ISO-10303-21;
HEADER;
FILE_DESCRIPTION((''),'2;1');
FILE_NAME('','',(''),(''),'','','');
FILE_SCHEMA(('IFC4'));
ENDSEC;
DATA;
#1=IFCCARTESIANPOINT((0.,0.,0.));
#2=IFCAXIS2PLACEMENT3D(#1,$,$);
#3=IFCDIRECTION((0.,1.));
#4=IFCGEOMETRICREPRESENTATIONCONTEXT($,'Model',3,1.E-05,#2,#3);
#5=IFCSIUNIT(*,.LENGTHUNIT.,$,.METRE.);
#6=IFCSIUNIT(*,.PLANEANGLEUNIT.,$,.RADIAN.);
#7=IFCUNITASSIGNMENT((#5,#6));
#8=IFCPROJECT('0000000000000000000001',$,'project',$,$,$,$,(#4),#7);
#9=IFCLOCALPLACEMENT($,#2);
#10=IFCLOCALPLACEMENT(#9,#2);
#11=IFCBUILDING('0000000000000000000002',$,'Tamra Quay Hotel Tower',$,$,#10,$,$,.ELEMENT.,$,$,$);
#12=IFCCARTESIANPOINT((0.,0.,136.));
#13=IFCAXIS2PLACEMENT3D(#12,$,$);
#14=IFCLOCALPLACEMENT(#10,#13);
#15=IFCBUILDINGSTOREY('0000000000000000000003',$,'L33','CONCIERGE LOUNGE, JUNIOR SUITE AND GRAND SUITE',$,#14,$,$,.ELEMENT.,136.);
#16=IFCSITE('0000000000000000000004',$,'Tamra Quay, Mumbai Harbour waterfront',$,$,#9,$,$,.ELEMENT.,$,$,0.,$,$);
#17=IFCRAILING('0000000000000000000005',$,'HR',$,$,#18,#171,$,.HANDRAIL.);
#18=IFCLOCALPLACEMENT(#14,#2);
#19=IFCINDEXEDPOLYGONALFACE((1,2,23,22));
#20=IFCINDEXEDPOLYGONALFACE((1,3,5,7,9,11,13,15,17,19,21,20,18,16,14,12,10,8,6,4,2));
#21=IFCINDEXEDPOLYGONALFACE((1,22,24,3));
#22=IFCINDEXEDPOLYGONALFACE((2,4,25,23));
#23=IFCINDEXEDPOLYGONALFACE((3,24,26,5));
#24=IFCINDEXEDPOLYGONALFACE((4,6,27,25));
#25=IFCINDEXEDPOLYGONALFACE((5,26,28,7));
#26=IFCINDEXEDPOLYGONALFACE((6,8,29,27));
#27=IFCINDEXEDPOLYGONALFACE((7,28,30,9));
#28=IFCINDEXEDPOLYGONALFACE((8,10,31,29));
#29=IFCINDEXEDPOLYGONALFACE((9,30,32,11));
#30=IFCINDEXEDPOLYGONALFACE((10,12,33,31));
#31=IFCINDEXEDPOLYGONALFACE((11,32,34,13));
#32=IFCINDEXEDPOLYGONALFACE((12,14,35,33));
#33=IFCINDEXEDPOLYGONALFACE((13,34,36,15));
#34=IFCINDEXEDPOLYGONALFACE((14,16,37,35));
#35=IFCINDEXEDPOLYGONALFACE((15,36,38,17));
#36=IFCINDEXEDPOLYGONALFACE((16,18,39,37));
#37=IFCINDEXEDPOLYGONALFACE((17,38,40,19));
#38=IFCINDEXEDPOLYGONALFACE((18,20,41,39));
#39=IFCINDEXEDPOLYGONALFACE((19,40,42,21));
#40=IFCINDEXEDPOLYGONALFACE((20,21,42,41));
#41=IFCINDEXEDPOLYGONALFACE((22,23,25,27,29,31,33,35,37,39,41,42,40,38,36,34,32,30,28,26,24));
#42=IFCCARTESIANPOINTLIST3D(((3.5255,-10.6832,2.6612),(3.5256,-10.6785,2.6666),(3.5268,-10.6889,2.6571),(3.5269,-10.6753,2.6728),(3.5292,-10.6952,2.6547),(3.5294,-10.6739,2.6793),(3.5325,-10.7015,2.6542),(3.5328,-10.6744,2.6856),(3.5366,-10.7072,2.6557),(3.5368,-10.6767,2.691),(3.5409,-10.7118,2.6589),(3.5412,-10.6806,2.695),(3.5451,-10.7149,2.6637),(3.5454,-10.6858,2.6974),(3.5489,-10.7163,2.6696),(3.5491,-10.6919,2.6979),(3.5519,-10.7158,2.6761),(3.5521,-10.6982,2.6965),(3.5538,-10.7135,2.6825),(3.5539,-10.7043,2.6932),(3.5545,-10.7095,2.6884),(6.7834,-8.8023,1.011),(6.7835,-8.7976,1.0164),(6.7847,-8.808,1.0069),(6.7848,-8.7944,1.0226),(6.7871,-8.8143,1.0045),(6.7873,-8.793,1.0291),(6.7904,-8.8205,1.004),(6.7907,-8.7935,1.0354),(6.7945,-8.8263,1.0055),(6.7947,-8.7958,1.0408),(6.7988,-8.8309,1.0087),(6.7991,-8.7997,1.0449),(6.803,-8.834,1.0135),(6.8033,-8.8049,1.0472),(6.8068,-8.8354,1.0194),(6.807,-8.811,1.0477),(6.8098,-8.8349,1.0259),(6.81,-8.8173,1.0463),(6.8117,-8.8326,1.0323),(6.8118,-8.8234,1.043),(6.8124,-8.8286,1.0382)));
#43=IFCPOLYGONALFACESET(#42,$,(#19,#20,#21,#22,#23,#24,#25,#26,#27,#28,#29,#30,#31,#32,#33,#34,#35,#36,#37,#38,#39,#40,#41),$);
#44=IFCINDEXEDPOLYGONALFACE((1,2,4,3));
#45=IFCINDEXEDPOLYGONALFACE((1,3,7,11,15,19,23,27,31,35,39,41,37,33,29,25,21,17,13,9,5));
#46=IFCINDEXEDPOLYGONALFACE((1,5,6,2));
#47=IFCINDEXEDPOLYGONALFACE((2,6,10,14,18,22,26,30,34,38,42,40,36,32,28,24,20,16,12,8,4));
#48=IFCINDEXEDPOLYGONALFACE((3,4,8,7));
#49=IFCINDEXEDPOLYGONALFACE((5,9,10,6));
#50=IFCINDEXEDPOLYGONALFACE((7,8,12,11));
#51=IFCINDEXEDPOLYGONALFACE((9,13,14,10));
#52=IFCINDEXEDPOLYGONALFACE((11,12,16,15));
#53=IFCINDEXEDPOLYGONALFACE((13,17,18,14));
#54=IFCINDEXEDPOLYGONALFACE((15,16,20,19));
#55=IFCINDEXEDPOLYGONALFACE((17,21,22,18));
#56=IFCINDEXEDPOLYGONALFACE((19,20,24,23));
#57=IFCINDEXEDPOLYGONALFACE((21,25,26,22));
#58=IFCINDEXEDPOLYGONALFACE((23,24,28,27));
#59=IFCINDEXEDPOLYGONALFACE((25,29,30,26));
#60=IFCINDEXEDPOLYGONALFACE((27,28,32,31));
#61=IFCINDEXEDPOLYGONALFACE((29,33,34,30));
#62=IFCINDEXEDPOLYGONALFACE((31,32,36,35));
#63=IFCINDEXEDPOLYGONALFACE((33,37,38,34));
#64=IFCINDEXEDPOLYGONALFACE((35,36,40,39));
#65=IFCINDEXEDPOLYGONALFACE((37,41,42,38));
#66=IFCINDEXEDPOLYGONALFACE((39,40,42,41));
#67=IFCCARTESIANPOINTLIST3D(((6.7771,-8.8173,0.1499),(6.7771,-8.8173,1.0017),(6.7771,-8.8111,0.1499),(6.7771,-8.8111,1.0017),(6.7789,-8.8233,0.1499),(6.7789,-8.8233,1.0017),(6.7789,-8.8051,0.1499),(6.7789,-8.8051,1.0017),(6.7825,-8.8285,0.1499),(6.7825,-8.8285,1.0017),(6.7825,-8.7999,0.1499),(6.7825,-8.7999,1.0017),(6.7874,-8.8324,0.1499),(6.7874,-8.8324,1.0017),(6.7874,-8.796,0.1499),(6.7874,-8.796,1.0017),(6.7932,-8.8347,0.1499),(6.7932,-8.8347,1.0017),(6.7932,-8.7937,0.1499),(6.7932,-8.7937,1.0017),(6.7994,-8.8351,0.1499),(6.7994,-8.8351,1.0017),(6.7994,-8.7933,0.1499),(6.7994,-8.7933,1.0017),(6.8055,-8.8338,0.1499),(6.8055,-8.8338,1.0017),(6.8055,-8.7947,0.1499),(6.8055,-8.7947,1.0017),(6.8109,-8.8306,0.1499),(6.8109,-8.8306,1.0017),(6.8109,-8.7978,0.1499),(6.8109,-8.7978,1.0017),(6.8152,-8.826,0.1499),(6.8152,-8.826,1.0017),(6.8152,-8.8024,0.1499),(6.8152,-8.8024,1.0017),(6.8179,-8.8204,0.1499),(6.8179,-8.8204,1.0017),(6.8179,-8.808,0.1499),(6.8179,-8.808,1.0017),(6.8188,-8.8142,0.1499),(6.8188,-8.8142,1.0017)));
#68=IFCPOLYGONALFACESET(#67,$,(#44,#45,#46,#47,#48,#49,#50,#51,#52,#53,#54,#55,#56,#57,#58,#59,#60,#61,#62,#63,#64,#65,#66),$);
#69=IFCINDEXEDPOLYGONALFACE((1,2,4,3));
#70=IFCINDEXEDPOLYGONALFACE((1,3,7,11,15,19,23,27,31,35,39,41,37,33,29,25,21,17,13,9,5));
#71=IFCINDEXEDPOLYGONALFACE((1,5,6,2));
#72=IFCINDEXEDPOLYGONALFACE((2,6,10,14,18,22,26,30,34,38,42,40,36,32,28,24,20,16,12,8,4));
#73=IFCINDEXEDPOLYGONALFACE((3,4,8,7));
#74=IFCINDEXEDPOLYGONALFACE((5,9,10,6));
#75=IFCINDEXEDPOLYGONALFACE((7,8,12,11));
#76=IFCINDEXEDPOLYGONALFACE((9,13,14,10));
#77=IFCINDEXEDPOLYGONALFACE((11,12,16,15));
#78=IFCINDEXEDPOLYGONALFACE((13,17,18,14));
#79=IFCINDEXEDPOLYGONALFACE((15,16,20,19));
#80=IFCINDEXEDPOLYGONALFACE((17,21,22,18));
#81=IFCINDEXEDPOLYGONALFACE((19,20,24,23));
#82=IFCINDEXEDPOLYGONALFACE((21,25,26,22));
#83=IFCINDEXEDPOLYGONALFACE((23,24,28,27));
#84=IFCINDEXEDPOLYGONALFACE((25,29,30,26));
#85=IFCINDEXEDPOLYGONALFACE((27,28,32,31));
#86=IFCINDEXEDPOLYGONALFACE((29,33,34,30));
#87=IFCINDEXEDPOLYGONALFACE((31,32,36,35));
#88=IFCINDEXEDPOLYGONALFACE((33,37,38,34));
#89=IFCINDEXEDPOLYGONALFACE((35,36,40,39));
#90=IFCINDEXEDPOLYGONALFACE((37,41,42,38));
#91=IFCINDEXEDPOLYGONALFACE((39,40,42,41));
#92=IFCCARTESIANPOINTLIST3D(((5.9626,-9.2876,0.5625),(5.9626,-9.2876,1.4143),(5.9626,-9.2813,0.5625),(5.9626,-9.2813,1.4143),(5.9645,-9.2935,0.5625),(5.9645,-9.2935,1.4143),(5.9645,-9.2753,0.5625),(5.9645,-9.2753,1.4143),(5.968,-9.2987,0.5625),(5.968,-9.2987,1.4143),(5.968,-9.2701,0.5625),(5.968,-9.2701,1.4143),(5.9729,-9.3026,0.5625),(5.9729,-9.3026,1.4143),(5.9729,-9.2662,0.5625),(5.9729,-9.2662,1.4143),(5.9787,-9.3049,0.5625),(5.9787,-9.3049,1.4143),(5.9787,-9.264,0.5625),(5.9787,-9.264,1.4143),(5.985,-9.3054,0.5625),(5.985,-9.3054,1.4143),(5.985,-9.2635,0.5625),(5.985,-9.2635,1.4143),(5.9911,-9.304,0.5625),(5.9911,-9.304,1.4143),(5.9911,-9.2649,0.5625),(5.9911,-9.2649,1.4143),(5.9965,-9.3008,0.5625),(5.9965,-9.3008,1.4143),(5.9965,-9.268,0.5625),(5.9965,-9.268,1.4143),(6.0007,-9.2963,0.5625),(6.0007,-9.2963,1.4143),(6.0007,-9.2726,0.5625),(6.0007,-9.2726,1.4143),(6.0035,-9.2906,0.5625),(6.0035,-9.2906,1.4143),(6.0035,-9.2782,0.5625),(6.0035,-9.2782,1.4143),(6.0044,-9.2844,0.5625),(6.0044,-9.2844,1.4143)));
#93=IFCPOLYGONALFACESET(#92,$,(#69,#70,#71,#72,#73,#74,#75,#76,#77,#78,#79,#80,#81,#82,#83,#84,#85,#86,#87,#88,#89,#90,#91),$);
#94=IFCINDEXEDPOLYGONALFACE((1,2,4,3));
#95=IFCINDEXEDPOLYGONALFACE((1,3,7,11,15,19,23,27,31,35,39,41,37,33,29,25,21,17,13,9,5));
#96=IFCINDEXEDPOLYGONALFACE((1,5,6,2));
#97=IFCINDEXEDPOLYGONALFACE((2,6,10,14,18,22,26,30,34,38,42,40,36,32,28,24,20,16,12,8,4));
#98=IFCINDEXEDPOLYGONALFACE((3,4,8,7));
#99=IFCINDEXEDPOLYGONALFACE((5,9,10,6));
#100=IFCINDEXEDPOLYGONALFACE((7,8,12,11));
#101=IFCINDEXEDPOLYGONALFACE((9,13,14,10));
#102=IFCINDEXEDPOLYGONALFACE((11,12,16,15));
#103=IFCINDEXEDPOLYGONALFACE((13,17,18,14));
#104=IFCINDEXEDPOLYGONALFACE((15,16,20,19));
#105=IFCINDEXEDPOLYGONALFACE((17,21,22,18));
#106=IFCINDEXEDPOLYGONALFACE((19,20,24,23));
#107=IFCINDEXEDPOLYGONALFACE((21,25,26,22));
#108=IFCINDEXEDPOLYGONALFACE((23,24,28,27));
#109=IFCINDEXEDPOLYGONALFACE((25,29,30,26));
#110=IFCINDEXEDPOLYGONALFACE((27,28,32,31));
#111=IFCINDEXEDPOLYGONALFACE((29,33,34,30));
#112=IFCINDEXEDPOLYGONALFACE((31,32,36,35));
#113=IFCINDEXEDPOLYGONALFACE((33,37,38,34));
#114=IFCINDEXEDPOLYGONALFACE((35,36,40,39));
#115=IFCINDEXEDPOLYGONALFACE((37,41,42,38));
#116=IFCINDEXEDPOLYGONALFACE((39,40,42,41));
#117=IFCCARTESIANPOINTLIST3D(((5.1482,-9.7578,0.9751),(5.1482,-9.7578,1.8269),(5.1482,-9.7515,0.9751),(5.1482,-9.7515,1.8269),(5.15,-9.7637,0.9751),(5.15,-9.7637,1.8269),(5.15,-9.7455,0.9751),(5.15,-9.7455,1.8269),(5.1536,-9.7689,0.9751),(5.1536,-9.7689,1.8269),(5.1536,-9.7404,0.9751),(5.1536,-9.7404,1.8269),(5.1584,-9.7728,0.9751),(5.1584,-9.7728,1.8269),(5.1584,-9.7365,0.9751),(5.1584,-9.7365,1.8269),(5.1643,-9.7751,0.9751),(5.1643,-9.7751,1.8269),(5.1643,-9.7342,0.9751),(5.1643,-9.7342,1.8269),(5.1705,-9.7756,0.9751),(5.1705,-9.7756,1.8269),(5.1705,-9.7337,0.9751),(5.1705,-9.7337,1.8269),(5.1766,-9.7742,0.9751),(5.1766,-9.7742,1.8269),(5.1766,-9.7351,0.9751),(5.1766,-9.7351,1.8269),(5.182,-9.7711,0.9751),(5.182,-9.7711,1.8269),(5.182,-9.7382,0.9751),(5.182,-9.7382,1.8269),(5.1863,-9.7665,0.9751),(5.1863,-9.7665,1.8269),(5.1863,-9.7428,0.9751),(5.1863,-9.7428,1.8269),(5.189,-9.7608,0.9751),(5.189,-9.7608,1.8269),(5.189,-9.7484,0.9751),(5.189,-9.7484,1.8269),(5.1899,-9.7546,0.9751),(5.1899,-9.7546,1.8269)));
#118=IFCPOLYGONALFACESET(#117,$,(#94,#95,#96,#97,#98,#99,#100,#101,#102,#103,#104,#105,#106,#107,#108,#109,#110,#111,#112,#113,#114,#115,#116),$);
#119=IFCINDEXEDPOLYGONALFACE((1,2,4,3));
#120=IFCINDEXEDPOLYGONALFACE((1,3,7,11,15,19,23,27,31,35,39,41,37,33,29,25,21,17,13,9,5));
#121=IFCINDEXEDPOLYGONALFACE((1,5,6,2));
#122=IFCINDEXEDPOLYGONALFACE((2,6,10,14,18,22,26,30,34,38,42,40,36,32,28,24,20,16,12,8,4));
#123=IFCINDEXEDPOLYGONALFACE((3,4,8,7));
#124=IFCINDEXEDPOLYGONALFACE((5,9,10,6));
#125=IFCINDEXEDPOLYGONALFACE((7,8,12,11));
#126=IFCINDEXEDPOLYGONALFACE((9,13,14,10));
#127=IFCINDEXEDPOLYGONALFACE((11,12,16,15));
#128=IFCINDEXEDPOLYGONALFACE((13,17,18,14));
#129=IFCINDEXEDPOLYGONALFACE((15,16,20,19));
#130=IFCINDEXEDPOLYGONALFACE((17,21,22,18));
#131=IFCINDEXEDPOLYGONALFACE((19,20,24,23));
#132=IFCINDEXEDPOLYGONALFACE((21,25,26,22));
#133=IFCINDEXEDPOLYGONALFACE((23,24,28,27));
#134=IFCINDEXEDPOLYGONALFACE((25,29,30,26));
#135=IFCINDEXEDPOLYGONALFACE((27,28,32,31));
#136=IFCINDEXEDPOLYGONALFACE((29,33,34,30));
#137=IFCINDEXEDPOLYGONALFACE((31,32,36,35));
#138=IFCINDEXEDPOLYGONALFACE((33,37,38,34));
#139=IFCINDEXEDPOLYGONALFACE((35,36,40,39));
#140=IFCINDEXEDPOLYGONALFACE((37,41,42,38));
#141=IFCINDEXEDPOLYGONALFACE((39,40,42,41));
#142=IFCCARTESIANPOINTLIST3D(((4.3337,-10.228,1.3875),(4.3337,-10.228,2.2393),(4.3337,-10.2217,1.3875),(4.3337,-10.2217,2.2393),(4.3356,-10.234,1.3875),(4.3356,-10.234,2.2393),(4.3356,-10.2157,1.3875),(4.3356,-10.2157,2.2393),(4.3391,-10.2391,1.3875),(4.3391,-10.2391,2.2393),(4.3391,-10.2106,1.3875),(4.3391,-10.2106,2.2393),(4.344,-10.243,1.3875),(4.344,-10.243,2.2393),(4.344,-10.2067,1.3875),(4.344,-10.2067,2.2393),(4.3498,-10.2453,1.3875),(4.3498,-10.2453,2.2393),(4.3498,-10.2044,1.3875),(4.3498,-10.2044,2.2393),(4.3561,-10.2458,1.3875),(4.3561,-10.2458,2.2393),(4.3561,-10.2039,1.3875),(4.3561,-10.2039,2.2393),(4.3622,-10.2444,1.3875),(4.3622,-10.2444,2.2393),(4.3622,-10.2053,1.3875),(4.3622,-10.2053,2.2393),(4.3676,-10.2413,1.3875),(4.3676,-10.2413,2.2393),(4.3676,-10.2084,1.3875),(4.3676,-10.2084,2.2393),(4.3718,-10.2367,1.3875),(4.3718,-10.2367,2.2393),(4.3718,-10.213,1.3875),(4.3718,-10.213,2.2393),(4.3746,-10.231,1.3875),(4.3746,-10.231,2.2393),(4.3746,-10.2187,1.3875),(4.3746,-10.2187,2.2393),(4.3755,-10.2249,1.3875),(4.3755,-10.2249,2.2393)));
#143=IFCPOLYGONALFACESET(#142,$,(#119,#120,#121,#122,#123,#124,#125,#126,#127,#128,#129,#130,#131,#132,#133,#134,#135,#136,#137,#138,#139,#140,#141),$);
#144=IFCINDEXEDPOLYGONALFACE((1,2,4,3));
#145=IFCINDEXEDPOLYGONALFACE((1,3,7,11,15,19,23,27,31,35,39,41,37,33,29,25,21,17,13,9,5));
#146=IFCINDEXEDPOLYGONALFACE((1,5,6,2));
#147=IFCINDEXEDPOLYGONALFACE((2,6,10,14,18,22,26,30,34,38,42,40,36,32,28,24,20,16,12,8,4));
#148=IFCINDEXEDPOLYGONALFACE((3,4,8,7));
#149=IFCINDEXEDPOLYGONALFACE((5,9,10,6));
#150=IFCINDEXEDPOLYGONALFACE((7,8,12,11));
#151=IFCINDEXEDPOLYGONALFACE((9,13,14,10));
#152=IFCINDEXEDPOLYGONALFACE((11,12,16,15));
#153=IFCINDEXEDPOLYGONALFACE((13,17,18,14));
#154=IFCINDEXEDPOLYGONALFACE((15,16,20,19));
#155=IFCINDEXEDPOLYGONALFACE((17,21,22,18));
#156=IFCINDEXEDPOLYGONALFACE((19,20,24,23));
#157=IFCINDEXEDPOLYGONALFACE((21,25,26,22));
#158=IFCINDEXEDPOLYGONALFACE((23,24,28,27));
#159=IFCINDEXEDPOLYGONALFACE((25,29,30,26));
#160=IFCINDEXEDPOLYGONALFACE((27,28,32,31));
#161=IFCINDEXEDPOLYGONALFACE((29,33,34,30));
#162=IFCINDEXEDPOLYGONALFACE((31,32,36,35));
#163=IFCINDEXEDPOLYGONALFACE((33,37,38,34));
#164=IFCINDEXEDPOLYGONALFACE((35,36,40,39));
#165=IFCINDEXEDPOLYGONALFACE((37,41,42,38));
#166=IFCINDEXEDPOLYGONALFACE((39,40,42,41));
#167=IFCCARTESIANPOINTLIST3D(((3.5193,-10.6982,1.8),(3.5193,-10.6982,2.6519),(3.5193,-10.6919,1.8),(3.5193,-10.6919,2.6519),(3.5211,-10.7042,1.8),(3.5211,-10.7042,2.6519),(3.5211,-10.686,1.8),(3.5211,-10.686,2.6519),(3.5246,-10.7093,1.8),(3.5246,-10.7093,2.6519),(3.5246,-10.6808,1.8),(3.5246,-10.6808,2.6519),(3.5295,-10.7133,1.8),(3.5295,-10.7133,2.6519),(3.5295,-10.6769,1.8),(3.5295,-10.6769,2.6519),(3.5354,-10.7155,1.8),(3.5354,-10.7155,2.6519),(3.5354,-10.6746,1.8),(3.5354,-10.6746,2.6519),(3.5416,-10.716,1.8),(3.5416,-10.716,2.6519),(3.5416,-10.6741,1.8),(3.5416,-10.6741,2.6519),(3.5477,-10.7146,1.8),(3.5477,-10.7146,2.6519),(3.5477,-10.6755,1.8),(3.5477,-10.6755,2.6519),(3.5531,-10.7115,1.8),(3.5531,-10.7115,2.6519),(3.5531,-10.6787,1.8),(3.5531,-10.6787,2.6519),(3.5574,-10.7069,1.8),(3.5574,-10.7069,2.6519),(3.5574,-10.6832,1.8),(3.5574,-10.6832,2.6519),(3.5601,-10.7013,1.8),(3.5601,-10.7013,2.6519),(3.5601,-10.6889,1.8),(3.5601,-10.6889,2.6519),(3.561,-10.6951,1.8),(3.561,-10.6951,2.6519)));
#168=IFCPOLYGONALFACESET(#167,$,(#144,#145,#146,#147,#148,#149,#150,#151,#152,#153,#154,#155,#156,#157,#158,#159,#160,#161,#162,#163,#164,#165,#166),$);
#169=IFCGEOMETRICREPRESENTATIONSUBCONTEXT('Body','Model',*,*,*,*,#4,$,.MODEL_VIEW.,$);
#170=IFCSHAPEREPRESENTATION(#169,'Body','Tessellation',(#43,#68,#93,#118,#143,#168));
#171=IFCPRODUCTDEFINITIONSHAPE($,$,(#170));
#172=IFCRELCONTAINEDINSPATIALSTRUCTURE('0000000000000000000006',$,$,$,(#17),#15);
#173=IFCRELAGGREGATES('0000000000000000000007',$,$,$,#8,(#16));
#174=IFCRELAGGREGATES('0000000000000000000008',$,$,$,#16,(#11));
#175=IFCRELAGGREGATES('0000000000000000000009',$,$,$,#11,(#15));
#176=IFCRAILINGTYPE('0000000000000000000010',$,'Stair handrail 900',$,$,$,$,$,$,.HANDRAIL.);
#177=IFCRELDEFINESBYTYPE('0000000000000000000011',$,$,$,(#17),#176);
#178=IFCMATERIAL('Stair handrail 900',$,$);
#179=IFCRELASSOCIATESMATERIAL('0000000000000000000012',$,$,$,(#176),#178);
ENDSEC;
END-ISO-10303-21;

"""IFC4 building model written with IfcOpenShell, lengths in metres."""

from ifc_helpers import new_model, si_unit, direction, frame, origin, origin_2d, place, context, subcontext, project, spatial, circle, extrude, material, type_object, element, save


model = new_model("IFC4")

# Units and contexts
model_context = context("Model", 3, precision=1e-05, world=origin(), true_north=direction((0.0, 1.0)))
body_context = subcontext(model_context, "Body", "Model", "MODEL_VIEW")
ifc_project = project(units=[si_unit("LENGTHUNIT", "METRE"), si_unit("PLANEANGLEUNIT", "RADIAN")], contexts=[model_context])

# Site, building, storey
site_placement = place(None, origin())
site = spatial("IfcSite", under=ifc_project, at=site_placement, Name="Tamra Quay, Mumbai Harbour waterfront", CompositionType="ELEMENT", RefElevation=0.0)
building_placement = place(site_placement, origin())
building = spatial("IfcBuilding", under=site, at=building_placement, Name="Tamra Quay Hotel Tower", CompositionType="ELEMENT")
storey_placement = place(building_placement, frame((0.0, 0.0, 136.0)))
storey = spatial("IfcBuildingStorey", under=building, at=storey_placement, Name="L33", Description="CONCIERGE LOUNGE, JUNIOR SUITE AND GRAND SUITE", CompositionType="ELEMENT", Elevation=136.0)

# Railing
ifc_material_1 = material(Name="Stair handrail 900")
railing_type_1 = type_object("IfcRailingType", Name="Stair handrail 900", PredefinedType="HANDRAIL", material=ifc_material_1)
railing_1_placement = place(storey_placement, frame((6.7979, -8.8142, 0.1499)))
element("IfcRailing", 1, at=railing_1_placement, inside=storey, type_object=railing_type_1, Name="HR", PredefinedType="HANDRAIL", context=body_context, shape_type="SweptSolid", body=[
    extrude(circle(Radius=0.0239, at=origin_2d()), frame((0.0, 0.0, 0.876), z_axis=(-0.793081, -0.457876, 0.401711), x_axis=(0.499992, -0.86603, 0.0)), (0.0, 0.0, 1.0), 4.1079),
    extrude(circle(Radius=0.021, at=origin_2d()), origin(), (0.0, 0.0, 1.0), 0.8518),
    extrude(circle(Radius=0.021, at=origin_2d()), frame((-0.8145, -0.4702, 0.4126)), (0.0, 0.0, 1.0), 0.8518),
    extrude(circle(Radius=0.021, at=origin_2d()), frame((-1.6289, -0.9404, 0.8252)), (0.0, 0.0, 1.0), 0.8518),
    extrude(circle(Radius=0.021, at=origin_2d()), frame((-2.4434, -1.4106, 1.2375)), (0.0, 0.0, 1.0), 0.8518),
    extrude(circle(Radius=0.021, at=origin_2d()), frame((-3.2578, -1.8809, 1.6501)), (0.0, 0.0, 1.0), 0.8518),
])

save(model, "model.ifc")
